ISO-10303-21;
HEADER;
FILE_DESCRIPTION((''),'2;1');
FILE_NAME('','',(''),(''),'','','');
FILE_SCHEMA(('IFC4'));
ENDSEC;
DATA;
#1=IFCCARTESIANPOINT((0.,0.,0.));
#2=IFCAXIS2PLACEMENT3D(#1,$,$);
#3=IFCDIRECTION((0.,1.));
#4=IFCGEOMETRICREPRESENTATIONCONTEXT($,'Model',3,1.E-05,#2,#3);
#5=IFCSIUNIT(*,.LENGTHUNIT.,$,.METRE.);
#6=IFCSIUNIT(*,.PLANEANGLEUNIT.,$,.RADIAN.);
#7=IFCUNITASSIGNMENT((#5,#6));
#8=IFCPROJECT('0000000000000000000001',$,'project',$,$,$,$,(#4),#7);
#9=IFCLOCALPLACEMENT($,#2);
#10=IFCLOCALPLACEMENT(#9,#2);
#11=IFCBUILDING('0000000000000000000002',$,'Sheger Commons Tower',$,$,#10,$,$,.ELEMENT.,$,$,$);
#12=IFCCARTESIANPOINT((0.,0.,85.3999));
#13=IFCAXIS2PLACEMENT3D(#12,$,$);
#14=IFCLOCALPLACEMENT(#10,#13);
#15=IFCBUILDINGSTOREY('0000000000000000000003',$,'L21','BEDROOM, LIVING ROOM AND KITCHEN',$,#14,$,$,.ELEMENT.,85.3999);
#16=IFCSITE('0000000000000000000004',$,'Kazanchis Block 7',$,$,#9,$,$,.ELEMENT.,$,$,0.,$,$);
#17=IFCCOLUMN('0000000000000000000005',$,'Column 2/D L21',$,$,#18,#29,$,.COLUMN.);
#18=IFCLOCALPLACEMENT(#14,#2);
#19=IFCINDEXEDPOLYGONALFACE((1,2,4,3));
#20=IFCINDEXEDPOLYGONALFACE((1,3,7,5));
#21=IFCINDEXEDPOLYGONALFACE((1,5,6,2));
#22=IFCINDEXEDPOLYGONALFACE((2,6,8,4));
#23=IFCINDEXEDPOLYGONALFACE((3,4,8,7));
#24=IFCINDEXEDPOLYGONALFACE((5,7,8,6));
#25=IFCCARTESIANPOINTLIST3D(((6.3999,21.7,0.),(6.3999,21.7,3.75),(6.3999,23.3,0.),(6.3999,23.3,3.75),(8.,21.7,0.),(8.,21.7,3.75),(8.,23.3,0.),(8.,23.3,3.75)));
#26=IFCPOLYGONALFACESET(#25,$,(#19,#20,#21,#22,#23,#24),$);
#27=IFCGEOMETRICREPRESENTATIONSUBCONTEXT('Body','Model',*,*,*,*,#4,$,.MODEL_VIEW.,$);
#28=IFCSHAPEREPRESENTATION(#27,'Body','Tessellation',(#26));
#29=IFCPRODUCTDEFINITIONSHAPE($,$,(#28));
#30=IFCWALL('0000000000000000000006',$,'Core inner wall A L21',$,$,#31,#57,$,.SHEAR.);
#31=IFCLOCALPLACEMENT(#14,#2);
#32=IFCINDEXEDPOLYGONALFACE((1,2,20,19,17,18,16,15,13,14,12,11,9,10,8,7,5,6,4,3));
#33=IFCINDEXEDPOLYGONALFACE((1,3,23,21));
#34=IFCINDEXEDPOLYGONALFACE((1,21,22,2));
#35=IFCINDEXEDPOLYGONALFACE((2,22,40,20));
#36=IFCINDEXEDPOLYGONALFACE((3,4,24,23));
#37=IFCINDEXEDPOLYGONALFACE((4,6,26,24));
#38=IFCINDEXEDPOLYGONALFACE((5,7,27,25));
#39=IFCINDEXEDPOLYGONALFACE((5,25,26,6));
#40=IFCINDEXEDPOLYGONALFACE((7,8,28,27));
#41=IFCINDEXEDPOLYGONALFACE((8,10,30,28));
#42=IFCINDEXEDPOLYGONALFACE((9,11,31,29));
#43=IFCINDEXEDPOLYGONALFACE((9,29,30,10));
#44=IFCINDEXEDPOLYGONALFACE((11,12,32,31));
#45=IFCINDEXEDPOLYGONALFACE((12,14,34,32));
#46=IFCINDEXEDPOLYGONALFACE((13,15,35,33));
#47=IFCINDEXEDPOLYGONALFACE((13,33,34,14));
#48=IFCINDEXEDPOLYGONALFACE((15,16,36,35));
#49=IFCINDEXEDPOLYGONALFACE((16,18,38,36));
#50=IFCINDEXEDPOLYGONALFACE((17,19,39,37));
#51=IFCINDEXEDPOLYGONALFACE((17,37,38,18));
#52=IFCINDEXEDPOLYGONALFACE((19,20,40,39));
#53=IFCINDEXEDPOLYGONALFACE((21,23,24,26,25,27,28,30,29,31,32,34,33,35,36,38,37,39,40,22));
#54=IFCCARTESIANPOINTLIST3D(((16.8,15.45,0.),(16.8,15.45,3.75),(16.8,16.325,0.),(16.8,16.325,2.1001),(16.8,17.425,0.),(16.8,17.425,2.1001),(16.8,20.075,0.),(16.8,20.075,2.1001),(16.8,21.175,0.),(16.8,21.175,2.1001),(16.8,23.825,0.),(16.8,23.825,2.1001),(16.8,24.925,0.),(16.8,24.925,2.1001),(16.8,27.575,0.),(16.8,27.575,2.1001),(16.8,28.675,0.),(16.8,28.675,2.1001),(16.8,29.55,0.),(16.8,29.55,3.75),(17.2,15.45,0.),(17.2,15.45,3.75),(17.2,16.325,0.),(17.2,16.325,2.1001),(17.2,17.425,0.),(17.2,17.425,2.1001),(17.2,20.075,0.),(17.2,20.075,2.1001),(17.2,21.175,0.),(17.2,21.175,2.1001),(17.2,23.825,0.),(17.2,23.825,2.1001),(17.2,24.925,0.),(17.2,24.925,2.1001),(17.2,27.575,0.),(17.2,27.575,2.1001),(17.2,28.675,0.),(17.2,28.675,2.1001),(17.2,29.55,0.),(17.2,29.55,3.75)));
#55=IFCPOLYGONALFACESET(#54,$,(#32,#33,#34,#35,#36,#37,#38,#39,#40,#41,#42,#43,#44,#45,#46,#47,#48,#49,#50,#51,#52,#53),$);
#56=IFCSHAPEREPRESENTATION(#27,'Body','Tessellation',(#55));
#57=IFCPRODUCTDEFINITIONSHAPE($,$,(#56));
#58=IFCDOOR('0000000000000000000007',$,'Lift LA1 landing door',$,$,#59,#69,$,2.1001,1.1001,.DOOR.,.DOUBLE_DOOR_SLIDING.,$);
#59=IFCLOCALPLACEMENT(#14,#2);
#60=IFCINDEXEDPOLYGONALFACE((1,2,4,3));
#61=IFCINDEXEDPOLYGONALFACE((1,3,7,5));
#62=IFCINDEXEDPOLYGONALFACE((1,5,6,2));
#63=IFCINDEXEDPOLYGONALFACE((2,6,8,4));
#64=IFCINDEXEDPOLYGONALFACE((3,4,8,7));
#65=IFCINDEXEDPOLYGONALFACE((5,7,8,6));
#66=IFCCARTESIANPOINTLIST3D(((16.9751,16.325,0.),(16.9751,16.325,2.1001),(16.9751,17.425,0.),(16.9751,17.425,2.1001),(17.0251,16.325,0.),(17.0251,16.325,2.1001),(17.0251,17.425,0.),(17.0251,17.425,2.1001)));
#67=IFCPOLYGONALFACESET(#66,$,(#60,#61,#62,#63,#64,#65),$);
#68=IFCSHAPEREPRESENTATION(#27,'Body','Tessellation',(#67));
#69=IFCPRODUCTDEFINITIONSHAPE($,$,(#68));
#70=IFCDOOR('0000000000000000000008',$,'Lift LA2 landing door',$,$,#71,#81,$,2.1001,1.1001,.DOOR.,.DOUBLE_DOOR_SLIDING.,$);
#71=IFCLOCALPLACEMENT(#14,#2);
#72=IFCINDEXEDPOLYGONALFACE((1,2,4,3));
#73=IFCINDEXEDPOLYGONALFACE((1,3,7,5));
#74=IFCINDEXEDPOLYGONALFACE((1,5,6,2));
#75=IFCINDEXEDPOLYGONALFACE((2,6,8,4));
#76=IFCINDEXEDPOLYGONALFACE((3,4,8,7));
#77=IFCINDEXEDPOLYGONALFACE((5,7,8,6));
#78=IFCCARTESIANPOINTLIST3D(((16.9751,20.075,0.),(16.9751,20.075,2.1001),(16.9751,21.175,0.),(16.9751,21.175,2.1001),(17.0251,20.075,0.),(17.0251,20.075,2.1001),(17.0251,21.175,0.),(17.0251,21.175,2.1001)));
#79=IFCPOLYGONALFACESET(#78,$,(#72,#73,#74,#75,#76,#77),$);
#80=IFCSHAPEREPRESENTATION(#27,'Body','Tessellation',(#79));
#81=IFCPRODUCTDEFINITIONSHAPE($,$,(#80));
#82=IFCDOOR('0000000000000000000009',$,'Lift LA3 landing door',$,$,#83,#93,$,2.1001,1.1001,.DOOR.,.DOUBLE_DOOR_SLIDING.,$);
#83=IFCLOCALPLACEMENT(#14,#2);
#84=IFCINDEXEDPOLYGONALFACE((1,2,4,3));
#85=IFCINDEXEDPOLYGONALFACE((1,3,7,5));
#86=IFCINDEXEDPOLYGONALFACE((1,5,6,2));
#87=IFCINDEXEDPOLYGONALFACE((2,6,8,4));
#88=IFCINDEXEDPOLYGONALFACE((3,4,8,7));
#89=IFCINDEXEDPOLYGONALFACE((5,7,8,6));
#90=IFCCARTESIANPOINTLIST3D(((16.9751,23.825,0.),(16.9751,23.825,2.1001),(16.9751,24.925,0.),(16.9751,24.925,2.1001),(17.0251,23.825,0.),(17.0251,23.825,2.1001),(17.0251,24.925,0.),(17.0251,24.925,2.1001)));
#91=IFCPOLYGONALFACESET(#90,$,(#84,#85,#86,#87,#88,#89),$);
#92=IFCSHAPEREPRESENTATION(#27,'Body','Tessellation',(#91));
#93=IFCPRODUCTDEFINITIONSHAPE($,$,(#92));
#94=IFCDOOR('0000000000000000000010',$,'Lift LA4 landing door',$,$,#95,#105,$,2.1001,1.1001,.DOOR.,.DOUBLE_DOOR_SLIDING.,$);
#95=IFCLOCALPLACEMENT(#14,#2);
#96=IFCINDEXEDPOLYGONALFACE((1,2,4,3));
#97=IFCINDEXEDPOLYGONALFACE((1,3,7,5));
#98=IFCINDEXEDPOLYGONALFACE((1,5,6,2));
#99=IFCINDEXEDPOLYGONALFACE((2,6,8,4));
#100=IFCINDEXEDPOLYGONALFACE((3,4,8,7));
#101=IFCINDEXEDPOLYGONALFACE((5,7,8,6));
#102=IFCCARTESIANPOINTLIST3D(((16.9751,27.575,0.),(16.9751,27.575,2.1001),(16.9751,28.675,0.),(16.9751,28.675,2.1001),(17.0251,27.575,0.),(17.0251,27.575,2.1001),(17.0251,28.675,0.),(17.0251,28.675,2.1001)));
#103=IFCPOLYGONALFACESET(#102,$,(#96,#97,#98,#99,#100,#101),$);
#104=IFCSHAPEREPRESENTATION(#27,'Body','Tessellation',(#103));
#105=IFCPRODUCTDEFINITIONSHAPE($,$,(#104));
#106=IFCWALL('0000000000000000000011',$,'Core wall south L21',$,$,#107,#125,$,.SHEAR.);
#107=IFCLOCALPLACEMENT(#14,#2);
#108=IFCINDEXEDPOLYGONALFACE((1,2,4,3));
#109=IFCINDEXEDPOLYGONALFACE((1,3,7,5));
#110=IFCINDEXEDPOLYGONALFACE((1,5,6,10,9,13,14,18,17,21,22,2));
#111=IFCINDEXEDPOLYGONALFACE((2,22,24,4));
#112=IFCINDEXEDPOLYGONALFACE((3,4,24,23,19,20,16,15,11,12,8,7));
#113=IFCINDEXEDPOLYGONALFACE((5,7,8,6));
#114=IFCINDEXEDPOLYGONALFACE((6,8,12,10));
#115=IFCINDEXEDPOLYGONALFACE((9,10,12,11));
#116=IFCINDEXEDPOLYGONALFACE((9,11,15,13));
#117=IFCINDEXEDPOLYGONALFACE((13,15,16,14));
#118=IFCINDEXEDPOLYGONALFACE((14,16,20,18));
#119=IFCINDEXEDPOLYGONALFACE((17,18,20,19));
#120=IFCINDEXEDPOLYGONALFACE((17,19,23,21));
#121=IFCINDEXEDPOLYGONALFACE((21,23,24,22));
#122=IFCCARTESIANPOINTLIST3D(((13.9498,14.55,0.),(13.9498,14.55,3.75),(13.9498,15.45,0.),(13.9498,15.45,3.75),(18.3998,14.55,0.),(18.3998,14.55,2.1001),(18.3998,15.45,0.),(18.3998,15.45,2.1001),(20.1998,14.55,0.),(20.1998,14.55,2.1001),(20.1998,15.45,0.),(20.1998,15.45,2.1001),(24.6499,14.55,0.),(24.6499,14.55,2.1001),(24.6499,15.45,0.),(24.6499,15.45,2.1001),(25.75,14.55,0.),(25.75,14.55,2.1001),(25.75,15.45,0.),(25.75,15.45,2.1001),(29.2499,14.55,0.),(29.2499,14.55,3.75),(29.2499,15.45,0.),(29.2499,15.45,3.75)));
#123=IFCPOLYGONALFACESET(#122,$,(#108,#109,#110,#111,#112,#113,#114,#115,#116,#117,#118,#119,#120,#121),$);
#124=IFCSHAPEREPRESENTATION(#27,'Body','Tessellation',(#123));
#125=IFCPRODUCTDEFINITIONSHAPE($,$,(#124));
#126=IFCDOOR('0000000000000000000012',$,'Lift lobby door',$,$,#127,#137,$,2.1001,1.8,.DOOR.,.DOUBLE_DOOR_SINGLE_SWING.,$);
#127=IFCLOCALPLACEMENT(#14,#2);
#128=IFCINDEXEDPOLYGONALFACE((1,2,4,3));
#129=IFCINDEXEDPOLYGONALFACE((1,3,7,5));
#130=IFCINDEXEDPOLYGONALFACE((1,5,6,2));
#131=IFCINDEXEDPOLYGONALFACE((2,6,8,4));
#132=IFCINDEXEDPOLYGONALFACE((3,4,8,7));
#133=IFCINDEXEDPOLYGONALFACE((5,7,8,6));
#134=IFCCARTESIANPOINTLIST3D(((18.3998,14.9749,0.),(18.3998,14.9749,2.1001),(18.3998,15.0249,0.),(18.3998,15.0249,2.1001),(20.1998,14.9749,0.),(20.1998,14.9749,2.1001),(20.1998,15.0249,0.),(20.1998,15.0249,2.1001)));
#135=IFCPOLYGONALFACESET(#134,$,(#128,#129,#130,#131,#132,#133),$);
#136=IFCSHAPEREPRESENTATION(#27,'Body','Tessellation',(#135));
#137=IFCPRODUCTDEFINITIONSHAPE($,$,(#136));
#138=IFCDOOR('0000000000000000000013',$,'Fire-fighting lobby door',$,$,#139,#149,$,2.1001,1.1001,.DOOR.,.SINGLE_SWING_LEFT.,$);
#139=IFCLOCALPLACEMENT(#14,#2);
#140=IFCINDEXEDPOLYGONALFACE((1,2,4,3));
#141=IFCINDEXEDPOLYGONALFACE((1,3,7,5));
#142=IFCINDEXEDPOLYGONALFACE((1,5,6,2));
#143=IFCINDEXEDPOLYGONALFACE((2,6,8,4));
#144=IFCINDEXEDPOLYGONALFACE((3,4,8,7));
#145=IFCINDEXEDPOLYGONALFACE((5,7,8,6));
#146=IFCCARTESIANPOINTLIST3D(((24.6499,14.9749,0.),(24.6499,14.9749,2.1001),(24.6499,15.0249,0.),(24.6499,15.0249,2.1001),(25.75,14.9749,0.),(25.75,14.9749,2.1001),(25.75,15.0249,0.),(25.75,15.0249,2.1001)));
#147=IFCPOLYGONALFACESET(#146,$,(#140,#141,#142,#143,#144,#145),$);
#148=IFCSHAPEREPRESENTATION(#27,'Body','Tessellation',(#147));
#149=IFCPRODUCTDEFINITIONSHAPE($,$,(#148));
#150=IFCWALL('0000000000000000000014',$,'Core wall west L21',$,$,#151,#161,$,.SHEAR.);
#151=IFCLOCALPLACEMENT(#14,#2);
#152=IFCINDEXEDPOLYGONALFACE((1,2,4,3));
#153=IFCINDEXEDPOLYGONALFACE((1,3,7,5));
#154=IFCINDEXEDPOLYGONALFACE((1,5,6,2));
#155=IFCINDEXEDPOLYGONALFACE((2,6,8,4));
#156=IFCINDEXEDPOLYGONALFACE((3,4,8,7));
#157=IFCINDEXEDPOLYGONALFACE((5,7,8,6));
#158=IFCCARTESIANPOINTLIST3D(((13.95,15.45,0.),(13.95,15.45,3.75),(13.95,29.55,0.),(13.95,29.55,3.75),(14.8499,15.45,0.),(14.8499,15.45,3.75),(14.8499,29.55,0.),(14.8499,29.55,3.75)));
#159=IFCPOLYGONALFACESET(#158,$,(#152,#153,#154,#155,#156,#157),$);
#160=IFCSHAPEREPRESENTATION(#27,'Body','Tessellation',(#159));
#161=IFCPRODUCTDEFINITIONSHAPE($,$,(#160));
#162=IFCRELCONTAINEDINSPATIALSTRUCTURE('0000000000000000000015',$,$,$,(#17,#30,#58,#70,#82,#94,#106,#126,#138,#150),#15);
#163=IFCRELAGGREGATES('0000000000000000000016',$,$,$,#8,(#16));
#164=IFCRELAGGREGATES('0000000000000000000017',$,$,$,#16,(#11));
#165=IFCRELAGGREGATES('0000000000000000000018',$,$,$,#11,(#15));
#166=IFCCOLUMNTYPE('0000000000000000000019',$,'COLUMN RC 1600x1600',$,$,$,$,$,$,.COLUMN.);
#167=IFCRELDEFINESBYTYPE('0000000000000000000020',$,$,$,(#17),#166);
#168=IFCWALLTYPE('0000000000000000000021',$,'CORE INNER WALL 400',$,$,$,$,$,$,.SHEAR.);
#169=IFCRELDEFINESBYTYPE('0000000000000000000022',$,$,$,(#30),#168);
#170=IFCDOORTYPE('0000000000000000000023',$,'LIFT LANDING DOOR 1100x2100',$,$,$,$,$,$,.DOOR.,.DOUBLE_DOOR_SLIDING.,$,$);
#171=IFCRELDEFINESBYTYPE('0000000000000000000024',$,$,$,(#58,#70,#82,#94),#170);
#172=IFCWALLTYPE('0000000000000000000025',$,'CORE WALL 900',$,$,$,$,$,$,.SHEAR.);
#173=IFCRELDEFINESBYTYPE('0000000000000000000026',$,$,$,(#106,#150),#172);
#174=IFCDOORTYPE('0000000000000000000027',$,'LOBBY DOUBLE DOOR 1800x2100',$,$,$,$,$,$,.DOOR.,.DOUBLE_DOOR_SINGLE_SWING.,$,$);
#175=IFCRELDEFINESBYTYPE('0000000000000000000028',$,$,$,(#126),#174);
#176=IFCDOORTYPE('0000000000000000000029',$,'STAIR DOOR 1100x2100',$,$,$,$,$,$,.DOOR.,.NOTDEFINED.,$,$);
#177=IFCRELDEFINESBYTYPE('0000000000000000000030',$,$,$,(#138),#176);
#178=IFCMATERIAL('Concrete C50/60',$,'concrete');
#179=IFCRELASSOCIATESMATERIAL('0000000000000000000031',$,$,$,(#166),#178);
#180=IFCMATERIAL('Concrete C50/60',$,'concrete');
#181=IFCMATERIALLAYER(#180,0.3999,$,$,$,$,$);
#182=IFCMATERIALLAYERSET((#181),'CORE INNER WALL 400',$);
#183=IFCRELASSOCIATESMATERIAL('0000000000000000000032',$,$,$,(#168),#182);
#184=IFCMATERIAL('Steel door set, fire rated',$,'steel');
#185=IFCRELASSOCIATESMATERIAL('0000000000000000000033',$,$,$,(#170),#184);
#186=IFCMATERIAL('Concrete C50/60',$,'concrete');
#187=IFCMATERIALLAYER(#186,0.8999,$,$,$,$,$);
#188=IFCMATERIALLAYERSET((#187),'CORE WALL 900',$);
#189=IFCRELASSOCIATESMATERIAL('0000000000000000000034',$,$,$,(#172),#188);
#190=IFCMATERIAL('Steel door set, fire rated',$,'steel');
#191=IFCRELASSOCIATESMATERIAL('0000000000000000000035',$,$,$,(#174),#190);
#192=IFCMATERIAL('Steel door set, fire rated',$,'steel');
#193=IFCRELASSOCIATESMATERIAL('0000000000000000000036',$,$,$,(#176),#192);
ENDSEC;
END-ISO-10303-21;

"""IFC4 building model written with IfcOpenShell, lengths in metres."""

from ifc_helpers import new_model, si_unit, direction, frame, frame_2d, origin, origin_2d, place, context, subcontext, project, spatial, rectangle, extrude, material, layer, layer_set, material_profile, profile_set, type_object, element, fill, save


model = new_model("IFC4")

# Units and contexts
model_context = context("Model", 3, precision=1e-05, world=origin(), true_north=direction((0.0, 1.0)))
body_context = subcontext(model_context, "Body", "Model", "MODEL_VIEW")
ifc_project = project(units=[si_unit("LENGTHUNIT", "METRE"), si_unit("PLANEANGLEUNIT", "RADIAN")], contexts=[model_context])

# Site, building, storey
site_placement = place(None, origin())
site = spatial("IfcSite", under=ifc_project, at=site_placement, Name="Kazanchis Block 7", CompositionType="ELEMENT", RefElevation=0.0)
building_placement = place(site_placement, origin())
building = spatial("IfcBuilding", under=site, at=building_placement, Name="Sheger Commons Tower", CompositionType="ELEMENT")
storey_placement = place(building_placement, frame((0.0, 0.0, 85.3999)))
storey = spatial("IfcBuildingStorey", under=building, at=storey_placement, Name="L21", Description="BEDROOM, LIVING ROOM AND KITCHEN", CompositionType="ELEMENT", Elevation=85.3999)

# Column
ifc_material_1 = material(Name="Concrete C50/60", Category="concrete")
ifc_material_profile = material_profile(ifc_material_1, rectangle(XDim=1.6001, YDim=1.6001, at=origin_2d()), Name="RC 1600x1600")
ifc_profile_set = profile_set([ifc_material_profile], Name="Concrete C50/60")
column_type = type_object("IfcColumnType", Name="COLUMN RC 1600x1600", PredefinedType="COLUMN", material=ifc_profile_set)
column_placement = place(storey_placement, frame((7.2, 22.5, 0.0), z_axis=(0.0, 0.0, 1.0), x_axis=(1.0, 0.0, 0.0)))
element("IfcColumn", 1, at=column_placement, inside=storey, type_object=column_type, Name="Column 2/D L21", PredefinedType="COLUMN", context=body_context, shape_type="SweptSolid", body=[
    extrude(rectangle(XDim=1.6001, YDim=1.6001, at=origin_2d()), origin(), (0.0, 0.0, 1.0), 3.75),
])

# Walls, openings, doors
ifc_material_2 = material(Name="Concrete C50/60", Category="concrete")
ifc_layer_1 = layer(ifc_material_2, 0.3999)
ifc_layer_set_1 = layer_set([ifc_layer_1], Name="CORE INNER WALL 400")
wall_type_1 = type_object("IfcWallType", Name="CORE INNER WALL 400", PredefinedType="SHEAR", material=ifc_layer_set_1)
wall_1_placement = place(storey_placement, frame((17.0, 15.45, 0.0), z_axis=(0.0, 0.0, 1.0), x_axis=(0.0, 1.0, 0.0)))
wall_1 = element("IfcWall", 2, at=wall_1_placement, inside=storey, type_object=wall_type_1, Name="Core inner wall A L21", PredefinedType="SHEAR", context=body_context, shape_type="SweptSolid", body=[
    extrude(rectangle(XDim=14.1001, YDim=0.3999, at=frame_2d((7.05, 0.0))), origin(), (0.0, 0.0, 1.0), 3.75),
])
opening_1_placement = place(wall_1_placement, frame((0.875, 0.0, 0.0)))
opening_1 = element("IfcOpeningElement", 3, at=opening_1_placement, cuts=wall_1, PredefinedType="OPENING", context=body_context, shape_type="SweptSolid", body=[
    extrude(rectangle(XDim=1.1001, YDim=2.1001, at=frame_2d((0.55, 1.05))), frame((0.0, 0.21, 0.0), z_axis=(0.0, -1.0, 0.0), x_axis=(1.0, 0.0, 0.0)), (0.0, 0.0, 1.0), 0.4199),
])
opening_2_placement = place(wall_1_placement, frame((4.625, 0.0, 0.0)))
opening_2 = element("IfcOpeningElement", 4, at=opening_2_placement, cuts=wall_1, PredefinedType="OPENING", context=body_context, shape_type="SweptSolid", body=[
    extrude(rectangle(XDim=1.1001, YDim=2.1001, at=frame_2d((0.55, 1.05))), frame((0.0, 0.21, 0.0), z_axis=(0.0, -1.0, 0.0), x_axis=(1.0, 0.0, 0.0)), (0.0, 0.0, 1.0), 0.4199),
])
opening_3_placement = place(wall_1_placement, frame((8.375, 0.0, 0.0)))
opening_3 = element("IfcOpeningElement", 5, at=opening_3_placement, cuts=wall_1, PredefinedType="OPENING", context=body_context, shape_type="SweptSolid", body=[
    extrude(rectangle(XDim=1.1001, YDim=2.1001, at=frame_2d((0.55, 1.05))), frame((0.0, 0.21, 0.0), z_axis=(0.0, -1.0, 0.0), x_axis=(1.0, 0.0, 0.0)), (0.0, 0.0, 1.0), 0.4199),
])
opening_4_placement = place(wall_1_placement, frame((12.125, 0.0, 0.0)))
opening_4 = element("IfcOpeningElement", 6, at=opening_4_placement, cuts=wall_1, PredefinedType="OPENING", context=body_context, shape_type="SweptSolid", body=[
    extrude(rectangle(XDim=1.1001, YDim=2.1001, at=frame_2d((0.55, 1.05))), frame((0.0, 0.21, 0.0), z_axis=(0.0, -1.0, 0.0), x_axis=(1.0, 0.0, 0.0)), (0.0, 0.0, 1.0), 0.4199),
])
ifc_material_3 = material(Name="Steel door set, fire rated", Category="steel")
door_type_1 = type_object("IfcDoorType", Name="LIFT LANDING DOOR 1100x2100", OperationType="DOUBLE_DOOR_SLIDING", PredefinedType="DOOR", material=ifc_material_3)
door_1_placement = place(opening_1_placement, origin())
door_1 = element("IfcDoor", 7, at=door_1_placement, inside=storey, type_object=door_type_1, Name="Lift LA1 landing door", OperationType="DOUBLE_DOOR_SLIDING", OverallHeight=2.1001, OverallWidth=1.1001, PredefinedType="DOOR", context=body_context, shape_type="SweptSolid", body=[
    extrude(rectangle(XDim=1.1001, YDim=2.1001, at=frame_2d((0.55, 1.05))), frame((0.0, 0.0249, 0.0), z_axis=(0.0, -1.0, 0.0), x_axis=(1.0, 0.0, 0.0)), (0.0, 0.0, 1.0), 0.05),
])
fill(opening_1, door_1)
door_2_placement = place(opening_2_placement, origin())
door_2 = element("IfcDoor", 8, at=door_2_placement, inside=storey, type_object=door_type_1, Name="Lift LA2 landing door", OperationType="DOUBLE_DOOR_SLIDING", OverallHeight=2.1001, OverallWidth=1.1001, PredefinedType="DOOR", context=body_context, shape_type="SweptSolid", body=[
    extrude(rectangle(XDim=1.1001, YDim=2.1001, at=frame_2d((0.55, 1.05))), frame((0.0, 0.0249, 0.0), z_axis=(0.0, -1.0, 0.0), x_axis=(1.0, 0.0, 0.0)), (0.0, 0.0, 1.0), 0.05),
])
fill(opening_2, door_2)
door_3_placement = place(opening_3_placement, origin())
door_3 = element("IfcDoor", 9, at=door_3_placement, inside=storey, type_object=door_type_1, Name="Lift LA3 landing door", OperationType="DOUBLE_DOOR_SLIDING", OverallHeight=2.1001, OverallWidth=1.1001, PredefinedType="DOOR", context=body_context, shape_type="SweptSolid", body=[
    extrude(rectangle(XDim=1.1001, YDim=2.1001, at=frame_2d((0.55, 1.05))), frame((0.0, 0.0249, 0.0), z_axis=(0.0, -1.0, 0.0), x_axis=(1.0, 0.0, 0.0)), (0.0, 0.0, 1.0), 0.05),
])
fill(opening_3, door_3)
door_4_placement = place(opening_4_placement, origin())
door_4 = element("IfcDoor", 10, at=door_4_placement, inside=storey, type_object=door_type_1, Name="Lift LA4 landing door", OperationType="DOUBLE_DOOR_SLIDING", OverallHeight=2.1001, OverallWidth=1.1001, PredefinedType="DOOR", context=body_context, shape_type="SweptSolid", body=[
    extrude(rectangle(XDim=1.1001, YDim=2.1001, at=frame_2d((0.55, 1.05))), frame((0.0, 0.0249, 0.0), z_axis=(0.0, -1.0, 0.0), x_axis=(1.0, 0.0, 0.0)), (0.0, 0.0, 1.0), 0.05),
])
fill(opening_4, door_4)
ifc_material_4 = material(Name="Concrete C50/60", Category="concrete")
ifc_layer_2 = layer(ifc_material_4, 0.8999)
ifc_layer_set_2 = layer_set([ifc_layer_2], Name="CORE WALL 900")
wall_type_2 = type_object("IfcWallType", Name="CORE WALL 900", PredefinedType="SHEAR", material=ifc_layer_set_2)
wall_2_placement = place(storey_placement, frame((13.95, 15.0, 0.0), z_axis=(0.0, 0.0, 1.0), x_axis=(1.0, 0.0, 0.0)))
wall_2 = element("IfcWall", 11, at=wall_2_placement, inside=storey, type_object=wall_type_2, Name="Core wall south L21", PredefinedType="SHEAR", context=body_context, shape_type="SweptSolid", body=[
    extrude(rectangle(XDim=15.3, YDim=0.8999, at=frame_2d((7.6499, 0.0))), origin(), (0.0, 0.0, 1.0), 3.75),
])
opening_5_placement = place(wall_2_placement, frame((4.45, 0.0, 0.0)))
opening_5 = element("IfcOpeningElement", 12, at=opening_5_placement, cuts=wall_2, PredefinedType="OPENING", context=body_context, shape_type="SweptSolid", body=[
    extrude(rectangle(XDim=1.8, YDim=2.1001, at=frame_2d((0.8999, 1.05))), frame((0.0, 0.46, 0.0), z_axis=(0.0, -1.0, 0.0), x_axis=(1.0, 0.0, 0.0)), (0.0, 0.0, 1.0), 0.9199),
])
opening_6_placement = place(wall_2_placement, frame((10.7, 0.0, 0.0)))
opening_6 = element("IfcOpeningElement", 13, at=opening_6_placement, cuts=wall_2, PredefinedType="OPENING", context=body_context, shape_type="SweptSolid", body=[
    extrude(rectangle(XDim=1.1001, YDim=2.1001, at=frame_2d((0.55, 1.05))), frame((0.0, 0.46, 0.0), z_axis=(0.0, -1.0, 0.0), x_axis=(1.0, 0.0, 0.0)), (0.0, 0.0, 1.0), 0.9199),
])
ifc_material_5 = material(Name="Steel door set, fire rated", Category="steel")
door_type_2 = type_object("IfcDoorType", Name="LOBBY DOUBLE DOOR 1800x2100", OperationType="DOUBLE_DOOR_SINGLE_SWING", PredefinedType="DOOR", material=ifc_material_5)
door_5_placement = place(opening_5_placement, origin())
door_5 = element("IfcDoor", 14, at=door_5_placement, inside=storey, type_object=door_type_2, Name="Lift lobby door", OperationType="DOUBLE_DOOR_SINGLE_SWING", OverallHeight=2.1001, OverallWidth=1.8, PredefinedType="DOOR", context=body_context, shape_type="SweptSolid", body=[
    extrude(rectangle(XDim=1.8, YDim=2.1001, at=frame_2d((0.8999, 1.05))), frame((0.0, 0.0249, 0.0), z_axis=(0.0, -1.0, 0.0), x_axis=(1.0, 0.0, 0.0)), (0.0, 0.0, 1.0), 0.05),
])
fill(opening_5, door_5)
ifc_material_6 = material(Name="Steel door set, fire rated", Category="steel")
door_type_3 = type_object("IfcDoorType", Name="STAIR DOOR 1100x2100", OperationType="NOTDEFINED", PredefinedType="DOOR", material=ifc_material_6)
door_6_placement = place(opening_6_placement, origin())
door_6 = element("IfcDoor", 15, at=door_6_placement, inside=storey, type_object=door_type_3, Name="Fire-fighting lobby door", OperationType="SINGLE_SWING_LEFT", OverallHeight=2.1001, OverallWidth=1.1001, PredefinedType="DOOR", context=body_context, shape_type="SweptSolid", body=[
    extrude(rectangle(XDim=1.1001, YDim=2.1001, at=frame_2d((0.55, 1.05))), frame((0.0, 0.0249, 0.0), z_axis=(0.0, -1.0, 0.0), x_axis=(1.0, 0.0, 0.0)), (0.0, 0.0, 1.0), 0.05),
])
fill(opening_6, door_6)

# Wall
wall_3_placement = place(storey_placement, frame((14.3999, 15.45, 0.0), z_axis=(0.0, 0.0, 1.0), x_axis=(0.0, 1.0, 0.0)))
element("IfcWall", 16, at=wall_3_placement, inside=storey, type_object=wall_type_2, Name="Core wall west L21", PredefinedType="SHEAR", context=body_context, shape_type="SweptSolid", body=[
    extrude(rectangle(XDim=14.1001, YDim=0.8999, at=frame_2d((7.05, 0.0))), origin(), (0.0, 0.0, 1.0), 3.75),
])

save(model, "model.ifc")
